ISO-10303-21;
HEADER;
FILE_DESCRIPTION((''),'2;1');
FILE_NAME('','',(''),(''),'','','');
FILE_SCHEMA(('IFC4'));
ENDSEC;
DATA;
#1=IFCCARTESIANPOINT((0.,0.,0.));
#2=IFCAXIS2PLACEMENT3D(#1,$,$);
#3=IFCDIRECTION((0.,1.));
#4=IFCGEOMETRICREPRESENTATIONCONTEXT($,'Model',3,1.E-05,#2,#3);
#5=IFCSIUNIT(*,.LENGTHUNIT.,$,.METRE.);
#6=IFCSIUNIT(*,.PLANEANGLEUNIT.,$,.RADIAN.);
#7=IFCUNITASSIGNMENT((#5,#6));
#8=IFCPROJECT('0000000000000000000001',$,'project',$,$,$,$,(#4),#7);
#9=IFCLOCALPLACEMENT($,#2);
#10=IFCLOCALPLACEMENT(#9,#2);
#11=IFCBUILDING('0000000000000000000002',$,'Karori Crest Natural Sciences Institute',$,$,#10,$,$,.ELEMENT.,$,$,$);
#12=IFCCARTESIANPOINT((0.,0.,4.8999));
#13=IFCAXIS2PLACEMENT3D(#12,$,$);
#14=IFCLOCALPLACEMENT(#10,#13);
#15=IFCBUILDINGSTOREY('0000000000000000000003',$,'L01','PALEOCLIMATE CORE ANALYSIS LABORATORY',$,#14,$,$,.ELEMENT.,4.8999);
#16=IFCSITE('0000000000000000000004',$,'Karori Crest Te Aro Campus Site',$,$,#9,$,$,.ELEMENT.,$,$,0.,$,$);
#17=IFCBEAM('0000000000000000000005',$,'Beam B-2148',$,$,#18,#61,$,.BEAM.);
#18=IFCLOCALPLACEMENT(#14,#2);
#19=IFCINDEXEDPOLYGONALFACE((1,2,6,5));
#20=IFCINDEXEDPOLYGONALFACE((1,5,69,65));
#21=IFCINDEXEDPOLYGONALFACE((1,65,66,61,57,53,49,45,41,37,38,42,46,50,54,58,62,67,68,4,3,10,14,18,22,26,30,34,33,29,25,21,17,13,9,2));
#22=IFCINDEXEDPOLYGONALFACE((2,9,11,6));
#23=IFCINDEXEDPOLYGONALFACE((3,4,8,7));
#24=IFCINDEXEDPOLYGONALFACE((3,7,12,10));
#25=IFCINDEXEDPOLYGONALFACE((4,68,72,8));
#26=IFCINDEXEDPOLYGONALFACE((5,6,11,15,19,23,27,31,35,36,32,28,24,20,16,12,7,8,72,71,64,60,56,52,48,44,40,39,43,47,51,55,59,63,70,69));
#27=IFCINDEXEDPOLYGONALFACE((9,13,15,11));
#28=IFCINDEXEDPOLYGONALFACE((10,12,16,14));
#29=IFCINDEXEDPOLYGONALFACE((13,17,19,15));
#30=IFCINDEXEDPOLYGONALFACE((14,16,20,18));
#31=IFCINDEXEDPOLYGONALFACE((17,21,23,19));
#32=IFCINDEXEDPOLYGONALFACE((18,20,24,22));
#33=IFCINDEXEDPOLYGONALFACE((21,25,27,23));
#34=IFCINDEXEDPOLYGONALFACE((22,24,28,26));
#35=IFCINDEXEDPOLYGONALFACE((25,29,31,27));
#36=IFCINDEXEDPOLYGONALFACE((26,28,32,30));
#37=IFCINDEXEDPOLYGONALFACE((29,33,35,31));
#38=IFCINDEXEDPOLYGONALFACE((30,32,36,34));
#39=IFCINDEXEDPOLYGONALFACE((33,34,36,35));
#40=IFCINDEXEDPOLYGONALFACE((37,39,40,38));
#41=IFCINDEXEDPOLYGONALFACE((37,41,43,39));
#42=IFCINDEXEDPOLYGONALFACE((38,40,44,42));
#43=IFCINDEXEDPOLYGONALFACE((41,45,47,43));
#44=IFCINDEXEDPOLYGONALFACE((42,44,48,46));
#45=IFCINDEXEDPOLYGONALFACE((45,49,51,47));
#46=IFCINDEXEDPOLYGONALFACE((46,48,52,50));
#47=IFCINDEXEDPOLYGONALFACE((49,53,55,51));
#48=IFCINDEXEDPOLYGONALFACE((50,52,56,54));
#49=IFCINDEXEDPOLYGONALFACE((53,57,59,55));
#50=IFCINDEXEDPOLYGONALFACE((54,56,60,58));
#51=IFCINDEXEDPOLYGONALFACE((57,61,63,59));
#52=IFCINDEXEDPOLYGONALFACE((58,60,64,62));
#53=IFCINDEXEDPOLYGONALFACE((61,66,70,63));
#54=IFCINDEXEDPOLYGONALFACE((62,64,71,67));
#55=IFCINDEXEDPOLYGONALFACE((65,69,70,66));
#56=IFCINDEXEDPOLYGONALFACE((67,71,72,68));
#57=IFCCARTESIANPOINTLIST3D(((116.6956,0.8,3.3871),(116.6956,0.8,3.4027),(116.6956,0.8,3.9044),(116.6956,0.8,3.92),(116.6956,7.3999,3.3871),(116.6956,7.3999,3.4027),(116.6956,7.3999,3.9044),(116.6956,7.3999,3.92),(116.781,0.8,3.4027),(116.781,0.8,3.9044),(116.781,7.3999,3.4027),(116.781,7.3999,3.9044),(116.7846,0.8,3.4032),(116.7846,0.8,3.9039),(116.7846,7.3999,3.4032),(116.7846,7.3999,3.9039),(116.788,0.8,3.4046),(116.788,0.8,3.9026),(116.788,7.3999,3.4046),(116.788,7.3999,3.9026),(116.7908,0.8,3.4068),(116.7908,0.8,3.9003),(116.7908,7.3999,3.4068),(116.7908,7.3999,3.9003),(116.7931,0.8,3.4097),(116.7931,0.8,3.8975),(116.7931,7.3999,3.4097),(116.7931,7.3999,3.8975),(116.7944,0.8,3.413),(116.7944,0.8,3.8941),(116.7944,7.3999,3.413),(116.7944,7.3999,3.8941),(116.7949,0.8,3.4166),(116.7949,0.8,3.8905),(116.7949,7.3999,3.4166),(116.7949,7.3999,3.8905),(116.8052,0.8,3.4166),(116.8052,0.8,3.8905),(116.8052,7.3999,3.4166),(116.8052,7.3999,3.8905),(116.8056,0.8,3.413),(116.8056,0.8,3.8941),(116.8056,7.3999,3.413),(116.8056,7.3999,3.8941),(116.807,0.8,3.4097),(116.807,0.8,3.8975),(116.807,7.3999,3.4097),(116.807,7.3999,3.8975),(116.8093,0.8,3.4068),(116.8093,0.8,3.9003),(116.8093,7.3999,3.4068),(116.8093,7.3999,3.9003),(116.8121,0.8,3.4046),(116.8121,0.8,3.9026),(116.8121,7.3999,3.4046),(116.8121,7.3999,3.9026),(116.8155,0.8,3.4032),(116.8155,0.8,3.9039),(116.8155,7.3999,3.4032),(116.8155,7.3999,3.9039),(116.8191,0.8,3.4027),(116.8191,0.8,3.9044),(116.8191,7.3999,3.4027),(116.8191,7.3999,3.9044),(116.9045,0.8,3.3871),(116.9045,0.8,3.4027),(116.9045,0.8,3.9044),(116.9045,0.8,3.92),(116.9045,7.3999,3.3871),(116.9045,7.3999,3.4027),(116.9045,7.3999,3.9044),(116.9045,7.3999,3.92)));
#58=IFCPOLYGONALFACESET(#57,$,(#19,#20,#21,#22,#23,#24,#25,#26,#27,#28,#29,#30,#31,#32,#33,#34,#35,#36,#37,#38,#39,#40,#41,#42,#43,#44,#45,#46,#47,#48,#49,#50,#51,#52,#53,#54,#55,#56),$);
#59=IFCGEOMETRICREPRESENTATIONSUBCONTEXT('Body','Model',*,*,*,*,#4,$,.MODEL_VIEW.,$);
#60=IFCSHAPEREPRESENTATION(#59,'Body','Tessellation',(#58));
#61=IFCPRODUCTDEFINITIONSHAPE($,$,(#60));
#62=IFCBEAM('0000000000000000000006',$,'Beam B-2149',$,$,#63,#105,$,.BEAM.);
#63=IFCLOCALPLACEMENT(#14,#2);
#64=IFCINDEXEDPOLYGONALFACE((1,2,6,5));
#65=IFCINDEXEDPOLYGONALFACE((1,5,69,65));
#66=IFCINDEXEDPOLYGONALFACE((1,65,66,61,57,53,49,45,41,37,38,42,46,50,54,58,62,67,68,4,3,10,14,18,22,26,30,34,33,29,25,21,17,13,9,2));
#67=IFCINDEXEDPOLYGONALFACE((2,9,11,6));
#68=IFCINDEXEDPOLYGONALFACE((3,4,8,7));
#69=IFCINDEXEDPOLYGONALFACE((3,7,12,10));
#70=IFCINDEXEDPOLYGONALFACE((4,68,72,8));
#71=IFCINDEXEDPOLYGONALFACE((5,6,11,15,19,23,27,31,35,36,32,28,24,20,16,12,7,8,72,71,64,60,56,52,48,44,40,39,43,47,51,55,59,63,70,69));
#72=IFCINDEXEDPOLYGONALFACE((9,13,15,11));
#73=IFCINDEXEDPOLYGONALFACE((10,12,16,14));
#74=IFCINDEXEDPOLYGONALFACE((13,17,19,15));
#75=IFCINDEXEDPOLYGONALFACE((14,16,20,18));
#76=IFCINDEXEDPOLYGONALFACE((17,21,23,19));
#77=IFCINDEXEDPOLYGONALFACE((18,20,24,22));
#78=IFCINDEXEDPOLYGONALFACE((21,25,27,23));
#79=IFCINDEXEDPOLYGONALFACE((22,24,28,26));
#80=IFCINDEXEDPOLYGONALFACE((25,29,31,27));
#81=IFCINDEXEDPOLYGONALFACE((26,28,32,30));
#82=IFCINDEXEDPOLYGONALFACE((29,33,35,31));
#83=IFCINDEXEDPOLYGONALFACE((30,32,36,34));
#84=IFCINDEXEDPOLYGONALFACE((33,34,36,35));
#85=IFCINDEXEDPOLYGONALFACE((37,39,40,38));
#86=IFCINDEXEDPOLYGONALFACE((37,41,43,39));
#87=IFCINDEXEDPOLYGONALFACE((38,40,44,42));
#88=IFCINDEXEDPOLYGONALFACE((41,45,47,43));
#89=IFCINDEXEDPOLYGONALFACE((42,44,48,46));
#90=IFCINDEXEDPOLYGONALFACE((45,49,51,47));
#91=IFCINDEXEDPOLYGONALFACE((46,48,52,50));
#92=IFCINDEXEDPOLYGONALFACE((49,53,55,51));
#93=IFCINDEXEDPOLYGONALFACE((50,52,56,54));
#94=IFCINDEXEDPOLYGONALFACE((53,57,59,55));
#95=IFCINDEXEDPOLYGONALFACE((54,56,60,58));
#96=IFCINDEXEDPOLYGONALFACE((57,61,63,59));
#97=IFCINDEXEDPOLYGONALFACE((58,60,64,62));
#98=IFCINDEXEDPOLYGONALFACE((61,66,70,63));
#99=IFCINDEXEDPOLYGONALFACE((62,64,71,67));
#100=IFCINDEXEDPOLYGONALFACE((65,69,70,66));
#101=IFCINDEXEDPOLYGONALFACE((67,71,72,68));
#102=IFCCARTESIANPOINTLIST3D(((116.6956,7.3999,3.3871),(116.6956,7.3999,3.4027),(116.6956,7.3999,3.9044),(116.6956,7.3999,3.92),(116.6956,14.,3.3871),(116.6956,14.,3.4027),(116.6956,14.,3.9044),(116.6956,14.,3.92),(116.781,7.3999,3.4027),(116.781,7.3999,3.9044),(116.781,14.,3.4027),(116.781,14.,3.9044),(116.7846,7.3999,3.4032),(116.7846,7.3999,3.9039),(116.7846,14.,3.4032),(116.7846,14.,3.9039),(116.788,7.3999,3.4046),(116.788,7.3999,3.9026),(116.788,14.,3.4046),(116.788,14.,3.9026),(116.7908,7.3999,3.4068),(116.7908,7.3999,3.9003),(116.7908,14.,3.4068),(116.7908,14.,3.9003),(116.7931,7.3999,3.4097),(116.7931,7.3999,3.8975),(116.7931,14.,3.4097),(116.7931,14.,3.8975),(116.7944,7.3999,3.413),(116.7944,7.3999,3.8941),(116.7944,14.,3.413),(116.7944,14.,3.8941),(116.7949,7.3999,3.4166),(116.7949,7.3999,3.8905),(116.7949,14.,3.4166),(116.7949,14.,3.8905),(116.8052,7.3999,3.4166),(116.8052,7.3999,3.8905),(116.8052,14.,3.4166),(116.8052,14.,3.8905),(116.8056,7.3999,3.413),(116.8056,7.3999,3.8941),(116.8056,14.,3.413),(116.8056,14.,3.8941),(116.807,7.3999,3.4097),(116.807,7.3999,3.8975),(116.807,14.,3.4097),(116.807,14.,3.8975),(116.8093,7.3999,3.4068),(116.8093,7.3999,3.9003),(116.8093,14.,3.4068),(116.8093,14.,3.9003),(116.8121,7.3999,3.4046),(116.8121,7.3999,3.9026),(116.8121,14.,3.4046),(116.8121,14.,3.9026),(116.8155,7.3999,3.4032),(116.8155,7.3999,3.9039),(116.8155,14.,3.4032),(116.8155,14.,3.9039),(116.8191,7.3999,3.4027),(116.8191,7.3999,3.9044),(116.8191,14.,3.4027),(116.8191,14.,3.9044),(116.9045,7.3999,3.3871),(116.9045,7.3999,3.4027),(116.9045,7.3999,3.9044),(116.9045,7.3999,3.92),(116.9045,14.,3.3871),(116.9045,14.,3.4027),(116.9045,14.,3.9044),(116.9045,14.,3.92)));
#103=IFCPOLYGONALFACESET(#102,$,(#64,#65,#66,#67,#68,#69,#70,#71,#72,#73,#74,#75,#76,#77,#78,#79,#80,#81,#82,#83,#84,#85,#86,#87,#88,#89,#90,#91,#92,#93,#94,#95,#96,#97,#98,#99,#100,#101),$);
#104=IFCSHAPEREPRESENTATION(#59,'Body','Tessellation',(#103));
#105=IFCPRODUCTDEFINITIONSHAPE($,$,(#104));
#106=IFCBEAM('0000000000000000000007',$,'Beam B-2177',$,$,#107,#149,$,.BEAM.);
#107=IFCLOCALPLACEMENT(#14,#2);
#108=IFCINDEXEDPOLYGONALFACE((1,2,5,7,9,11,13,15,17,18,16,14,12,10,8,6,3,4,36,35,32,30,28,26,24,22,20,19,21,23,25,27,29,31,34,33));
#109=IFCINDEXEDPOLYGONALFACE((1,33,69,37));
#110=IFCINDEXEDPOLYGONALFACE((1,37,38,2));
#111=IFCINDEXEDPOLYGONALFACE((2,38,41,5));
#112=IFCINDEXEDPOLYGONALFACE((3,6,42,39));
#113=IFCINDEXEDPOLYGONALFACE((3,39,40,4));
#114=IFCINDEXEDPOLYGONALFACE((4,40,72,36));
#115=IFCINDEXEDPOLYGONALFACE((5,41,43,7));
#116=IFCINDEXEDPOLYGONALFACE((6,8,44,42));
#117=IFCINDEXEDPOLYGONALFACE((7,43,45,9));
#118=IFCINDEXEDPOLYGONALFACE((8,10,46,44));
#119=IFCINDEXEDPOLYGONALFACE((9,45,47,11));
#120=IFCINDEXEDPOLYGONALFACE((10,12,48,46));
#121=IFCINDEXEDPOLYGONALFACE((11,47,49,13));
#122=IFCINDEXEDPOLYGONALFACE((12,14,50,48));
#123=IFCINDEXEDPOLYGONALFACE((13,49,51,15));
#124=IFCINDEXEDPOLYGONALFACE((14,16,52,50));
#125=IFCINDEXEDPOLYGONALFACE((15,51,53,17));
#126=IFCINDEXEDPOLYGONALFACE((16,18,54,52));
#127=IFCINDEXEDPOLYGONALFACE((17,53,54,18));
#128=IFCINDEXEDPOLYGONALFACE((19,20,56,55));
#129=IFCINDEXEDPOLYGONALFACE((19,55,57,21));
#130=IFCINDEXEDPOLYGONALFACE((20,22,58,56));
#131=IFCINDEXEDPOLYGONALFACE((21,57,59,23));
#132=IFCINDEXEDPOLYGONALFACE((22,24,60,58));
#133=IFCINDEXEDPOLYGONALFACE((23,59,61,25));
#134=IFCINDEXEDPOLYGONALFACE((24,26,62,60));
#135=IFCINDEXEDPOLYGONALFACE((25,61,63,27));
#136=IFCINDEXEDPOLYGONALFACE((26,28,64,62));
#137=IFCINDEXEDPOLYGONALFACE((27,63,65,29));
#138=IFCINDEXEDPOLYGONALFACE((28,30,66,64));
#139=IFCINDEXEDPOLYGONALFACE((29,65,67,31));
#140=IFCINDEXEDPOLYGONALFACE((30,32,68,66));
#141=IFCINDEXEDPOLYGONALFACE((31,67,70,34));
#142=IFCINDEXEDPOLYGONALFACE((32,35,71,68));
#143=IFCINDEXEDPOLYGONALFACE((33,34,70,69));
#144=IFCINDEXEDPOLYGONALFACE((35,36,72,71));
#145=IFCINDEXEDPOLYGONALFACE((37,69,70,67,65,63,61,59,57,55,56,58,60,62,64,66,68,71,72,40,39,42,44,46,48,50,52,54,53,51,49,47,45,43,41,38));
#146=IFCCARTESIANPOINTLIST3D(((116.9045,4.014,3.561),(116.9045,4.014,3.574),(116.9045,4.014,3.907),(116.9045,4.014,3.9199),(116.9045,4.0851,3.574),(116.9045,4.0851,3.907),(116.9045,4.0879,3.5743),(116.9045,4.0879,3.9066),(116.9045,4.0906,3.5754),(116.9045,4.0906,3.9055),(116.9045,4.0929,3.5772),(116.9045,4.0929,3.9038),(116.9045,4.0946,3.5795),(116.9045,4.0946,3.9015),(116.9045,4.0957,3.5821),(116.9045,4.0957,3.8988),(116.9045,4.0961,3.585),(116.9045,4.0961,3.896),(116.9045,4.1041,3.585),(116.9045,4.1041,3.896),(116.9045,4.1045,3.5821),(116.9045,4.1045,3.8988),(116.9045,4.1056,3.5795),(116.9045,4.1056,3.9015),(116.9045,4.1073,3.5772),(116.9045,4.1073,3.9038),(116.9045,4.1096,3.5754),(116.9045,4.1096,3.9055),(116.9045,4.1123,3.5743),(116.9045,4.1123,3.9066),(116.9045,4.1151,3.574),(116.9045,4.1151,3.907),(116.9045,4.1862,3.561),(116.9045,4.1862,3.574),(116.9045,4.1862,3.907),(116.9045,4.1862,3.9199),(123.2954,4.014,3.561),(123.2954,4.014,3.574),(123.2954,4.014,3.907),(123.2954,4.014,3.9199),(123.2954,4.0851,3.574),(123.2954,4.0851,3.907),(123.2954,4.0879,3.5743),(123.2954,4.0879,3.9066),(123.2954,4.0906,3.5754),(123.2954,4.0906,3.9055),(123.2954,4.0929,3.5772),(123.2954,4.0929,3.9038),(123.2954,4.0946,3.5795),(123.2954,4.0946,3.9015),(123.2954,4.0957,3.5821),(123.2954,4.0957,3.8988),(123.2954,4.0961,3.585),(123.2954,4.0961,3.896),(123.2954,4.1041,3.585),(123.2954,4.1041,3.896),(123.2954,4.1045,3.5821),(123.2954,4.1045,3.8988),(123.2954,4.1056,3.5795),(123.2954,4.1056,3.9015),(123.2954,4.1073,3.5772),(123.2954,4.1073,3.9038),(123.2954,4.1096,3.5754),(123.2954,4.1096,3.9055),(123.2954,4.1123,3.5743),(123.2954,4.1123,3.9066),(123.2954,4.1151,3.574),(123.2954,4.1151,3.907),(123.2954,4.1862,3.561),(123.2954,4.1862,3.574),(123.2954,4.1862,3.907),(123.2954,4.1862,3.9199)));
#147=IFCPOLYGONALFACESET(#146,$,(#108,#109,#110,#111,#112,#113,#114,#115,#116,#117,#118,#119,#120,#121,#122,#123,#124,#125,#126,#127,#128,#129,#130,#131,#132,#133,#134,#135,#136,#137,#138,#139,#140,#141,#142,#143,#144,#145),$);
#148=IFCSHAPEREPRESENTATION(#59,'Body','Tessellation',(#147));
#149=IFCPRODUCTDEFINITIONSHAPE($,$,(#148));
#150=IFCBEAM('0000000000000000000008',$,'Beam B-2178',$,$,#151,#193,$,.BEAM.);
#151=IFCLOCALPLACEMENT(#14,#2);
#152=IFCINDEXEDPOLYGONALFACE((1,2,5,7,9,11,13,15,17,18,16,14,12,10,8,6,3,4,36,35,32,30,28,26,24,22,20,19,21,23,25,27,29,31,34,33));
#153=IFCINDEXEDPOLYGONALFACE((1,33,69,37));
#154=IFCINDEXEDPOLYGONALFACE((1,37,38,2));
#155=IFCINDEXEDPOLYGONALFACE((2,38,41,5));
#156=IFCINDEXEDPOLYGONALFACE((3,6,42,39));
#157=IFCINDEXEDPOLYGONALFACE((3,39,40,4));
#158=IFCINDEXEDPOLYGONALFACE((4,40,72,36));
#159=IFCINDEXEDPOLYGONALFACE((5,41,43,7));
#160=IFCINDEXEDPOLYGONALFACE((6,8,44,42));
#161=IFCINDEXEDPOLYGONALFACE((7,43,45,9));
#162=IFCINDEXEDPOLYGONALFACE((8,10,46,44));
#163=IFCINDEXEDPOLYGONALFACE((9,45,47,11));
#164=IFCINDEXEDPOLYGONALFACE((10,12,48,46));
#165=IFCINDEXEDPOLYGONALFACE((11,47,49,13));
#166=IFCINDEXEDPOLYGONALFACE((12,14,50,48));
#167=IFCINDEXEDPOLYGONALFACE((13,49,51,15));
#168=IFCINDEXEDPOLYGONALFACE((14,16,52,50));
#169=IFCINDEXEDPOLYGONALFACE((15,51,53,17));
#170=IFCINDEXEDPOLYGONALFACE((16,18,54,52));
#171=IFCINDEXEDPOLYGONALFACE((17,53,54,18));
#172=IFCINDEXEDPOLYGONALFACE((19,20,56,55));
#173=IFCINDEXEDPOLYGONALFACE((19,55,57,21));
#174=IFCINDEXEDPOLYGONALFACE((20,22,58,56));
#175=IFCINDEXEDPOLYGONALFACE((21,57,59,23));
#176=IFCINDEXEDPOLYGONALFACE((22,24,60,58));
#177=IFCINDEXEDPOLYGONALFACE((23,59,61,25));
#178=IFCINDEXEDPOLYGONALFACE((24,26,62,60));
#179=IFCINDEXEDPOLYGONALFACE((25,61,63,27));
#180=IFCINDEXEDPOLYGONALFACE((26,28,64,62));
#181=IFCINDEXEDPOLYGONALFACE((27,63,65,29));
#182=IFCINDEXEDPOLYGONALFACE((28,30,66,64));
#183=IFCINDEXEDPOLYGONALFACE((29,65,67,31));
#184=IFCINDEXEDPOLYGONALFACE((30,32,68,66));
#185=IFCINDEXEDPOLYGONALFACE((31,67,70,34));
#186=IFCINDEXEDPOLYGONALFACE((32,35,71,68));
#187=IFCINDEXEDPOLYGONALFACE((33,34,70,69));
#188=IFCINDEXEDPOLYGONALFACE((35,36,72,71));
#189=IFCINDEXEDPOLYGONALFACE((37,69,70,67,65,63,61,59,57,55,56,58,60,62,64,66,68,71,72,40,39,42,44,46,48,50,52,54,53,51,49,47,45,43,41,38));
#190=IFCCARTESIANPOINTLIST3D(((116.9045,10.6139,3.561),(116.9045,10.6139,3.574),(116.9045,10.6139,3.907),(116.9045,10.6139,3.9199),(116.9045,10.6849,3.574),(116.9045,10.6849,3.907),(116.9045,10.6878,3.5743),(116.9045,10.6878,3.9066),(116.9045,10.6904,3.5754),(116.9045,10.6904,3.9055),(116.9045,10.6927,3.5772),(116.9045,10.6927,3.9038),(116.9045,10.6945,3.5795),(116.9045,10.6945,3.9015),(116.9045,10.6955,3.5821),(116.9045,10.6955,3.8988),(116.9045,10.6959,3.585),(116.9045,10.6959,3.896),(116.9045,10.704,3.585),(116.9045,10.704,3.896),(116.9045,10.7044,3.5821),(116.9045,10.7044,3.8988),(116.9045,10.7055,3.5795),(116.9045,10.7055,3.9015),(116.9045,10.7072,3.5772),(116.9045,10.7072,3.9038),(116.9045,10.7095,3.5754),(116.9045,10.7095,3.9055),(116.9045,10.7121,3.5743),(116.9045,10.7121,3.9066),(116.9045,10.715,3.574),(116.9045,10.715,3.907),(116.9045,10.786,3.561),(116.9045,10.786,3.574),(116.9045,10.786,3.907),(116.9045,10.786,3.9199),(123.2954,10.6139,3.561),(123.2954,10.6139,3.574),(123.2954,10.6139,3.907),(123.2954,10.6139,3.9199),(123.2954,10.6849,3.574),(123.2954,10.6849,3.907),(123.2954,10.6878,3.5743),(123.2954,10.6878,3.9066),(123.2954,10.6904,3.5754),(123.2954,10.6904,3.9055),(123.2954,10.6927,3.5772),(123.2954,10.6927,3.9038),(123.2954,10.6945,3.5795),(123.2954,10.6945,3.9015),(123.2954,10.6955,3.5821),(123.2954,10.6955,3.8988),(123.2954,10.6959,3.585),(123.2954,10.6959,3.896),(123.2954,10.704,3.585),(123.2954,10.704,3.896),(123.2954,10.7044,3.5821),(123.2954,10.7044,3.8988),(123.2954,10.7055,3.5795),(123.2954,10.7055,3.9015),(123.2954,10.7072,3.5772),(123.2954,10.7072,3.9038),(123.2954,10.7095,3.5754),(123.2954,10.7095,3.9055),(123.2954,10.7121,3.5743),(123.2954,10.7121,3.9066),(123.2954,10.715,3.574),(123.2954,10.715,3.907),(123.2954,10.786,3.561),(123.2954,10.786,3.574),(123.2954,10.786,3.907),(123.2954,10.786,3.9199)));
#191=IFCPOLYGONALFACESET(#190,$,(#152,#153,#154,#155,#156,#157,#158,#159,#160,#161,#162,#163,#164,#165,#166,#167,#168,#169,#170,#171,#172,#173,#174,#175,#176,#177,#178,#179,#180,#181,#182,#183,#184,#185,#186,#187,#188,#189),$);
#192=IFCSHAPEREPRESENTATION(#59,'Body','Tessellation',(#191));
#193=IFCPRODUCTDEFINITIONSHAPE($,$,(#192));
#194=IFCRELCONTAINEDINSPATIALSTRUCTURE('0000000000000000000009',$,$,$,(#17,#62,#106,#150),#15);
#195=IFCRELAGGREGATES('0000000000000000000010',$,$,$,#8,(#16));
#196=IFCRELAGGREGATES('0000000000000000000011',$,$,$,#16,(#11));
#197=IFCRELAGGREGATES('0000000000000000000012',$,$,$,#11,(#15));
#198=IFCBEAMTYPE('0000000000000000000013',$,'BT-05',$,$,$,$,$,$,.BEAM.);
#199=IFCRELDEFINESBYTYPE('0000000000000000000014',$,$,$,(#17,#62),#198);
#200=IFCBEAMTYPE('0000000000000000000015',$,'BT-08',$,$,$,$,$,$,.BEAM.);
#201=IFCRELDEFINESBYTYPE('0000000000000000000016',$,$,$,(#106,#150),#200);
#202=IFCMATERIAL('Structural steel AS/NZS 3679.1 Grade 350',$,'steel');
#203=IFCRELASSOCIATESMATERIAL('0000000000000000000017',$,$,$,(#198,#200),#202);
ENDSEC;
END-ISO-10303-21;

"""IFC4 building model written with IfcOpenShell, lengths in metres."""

from ifc_helpers import new_model, si_unit, direction, frame, origin, origin_2d, place, context, subcontext, project, spatial, i_section, extrude, material, material_profile, profile_set, type_object, element, save


model = new_model("IFC4")

# Units and contexts
model_context = context("Model", 3, precision=1e-05, world=origin(), true_north=direction((0.0, 1.0)))
body_context = subcontext(model_context, "Body", "Model", "MODEL_VIEW")
ifc_project = project(units=[si_unit("LENGTHUNIT", "METRE"), si_unit("PLANEANGLEUNIT", "RADIAN")], contexts=[model_context])

# Site, building, storey
site_placement = place(None, origin())
site = spatial("IfcSite", under=ifc_project, at=site_placement, Name="Karori Crest Te Aro Campus Site", CompositionType="ELEMENT", RefElevation=0.0)
building_placement = place(site_placement, origin())
building = spatial("IfcBuilding", under=site, at=building_placement, Name="Karori Crest Natural Sciences Institute", CompositionType="ELEMENT")
storey_placement = place(building_placement, frame((0.0, 0.0, 4.8999)))
storey = spatial("IfcBuildingStorey", under=building, at=storey_placement, Name="L01", Description="PALEOCLIMATE CORE ANALYSIS LABORATORY", CompositionType="ELEMENT", Elevation=4.8999)

# Shared definitions
ifc_material_1 = material(Name="Structural steel AS/NZS 3679.1 Grade 350", Category="steel")

# Beams
ifc_material_profile_1 = material_profile(ifc_material_1, i_section(OverallWidth=0.209, OverallDepth=0.533, WebThickness=0.0103, FlangeThickness=0.0156, FilletRadius=0.0139, at=origin_2d()), Name="530UB92.4")
ifc_profile_set_1 = profile_set([ifc_material_profile_1], Name="Structural steel AS/NZS 3679.1 Grade 350")
beam_type_1 = type_object("IfcBeamType", Name="BT-05", PredefinedType="BEAM", material=ifc_profile_set_1)
beam_1_placement = place(storey_placement, frame((116.8, 0.8, 3.6536), z_axis=(0.0, 1.0, 0.0), x_axis=(-1.0, 0.0, 0.0)))
element("IfcBeam", 1, at=beam_1_placement, inside=storey, type_object=beam_type_1, Name="Beam B-2148", PredefinedType="BEAM", context=body_context, shape_type="SweptSolid", body=[
    extrude(i_section(OverallWidth=0.209, OverallDepth=0.533, WebThickness=0.0103, FlangeThickness=0.0156, FilletRadius=0.0139, at=origin_2d()), origin(), (0.0, 0.0, 1.0), 6.5999),
])
beam_2_placement = place(storey_placement, frame((116.8, 7.3999, 3.6536), z_axis=(0.0, 1.0, 0.0), x_axis=(-1.0, 0.0, 0.0)))
element("IfcBeam", 2, at=beam_2_placement, inside=storey, type_object=beam_type_1, Name="Beam B-2149", PredefinedType="BEAM", context=body_context, shape_type="SweptSolid", body=[
    extrude(i_section(OverallWidth=0.209, OverallDepth=0.533, WebThickness=0.0103, FlangeThickness=0.0156, FilletRadius=0.0139, at=origin_2d()), origin(), (0.0, 0.0, 1.0), 6.6001),
])
ifc_material_profile_2 = material_profile(ifc_material_1, i_section(OverallWidth=0.1721, OverallDepth=0.3589, WebThickness=0.0081, FlangeThickness=0.0129, FilletRadius=0.011, at=origin_2d()), Name="360UB56.7")
ifc_profile_set_2 = profile_set([ifc_material_profile_2], Name="Structural steel AS/NZS 3679.1 Grade 350")
beam_type_2 = type_object("IfcBeamType", Name="BT-08", PredefinedType="BEAM", material=ifc_profile_set_2)
for number, where, z_axis, x_axis, name in (
    (3, (116.9045, 4.1001, 3.7405), (1.0, 0.0, 0.0), (0.0, 1.0, 0.0), "Beam B-2177"),
    (4, (116.9045, 10.7, 3.7405), (1.0, 0.0, 0.0), (0.0, 1.0, 0.0), "Beam B-2178"),
):
    element("IfcBeam", number, at=place(storey_placement, frame(where, z_axis=z_axis, x_axis=x_axis)), inside=storey, type_object=beam_type_2, Name=name, PredefinedType="BEAM", context=body_context, shape_type="SweptSolid", body=[
        extrude(i_section(OverallWidth=0.1721, OverallDepth=0.3589, WebThickness=0.0081, FlangeThickness=0.0129, FilletRadius=0.011, at=origin_2d()), origin(), (0.0, 0.0, 1.0), 6.3909),
    ])

save(model, "model.ifc")
